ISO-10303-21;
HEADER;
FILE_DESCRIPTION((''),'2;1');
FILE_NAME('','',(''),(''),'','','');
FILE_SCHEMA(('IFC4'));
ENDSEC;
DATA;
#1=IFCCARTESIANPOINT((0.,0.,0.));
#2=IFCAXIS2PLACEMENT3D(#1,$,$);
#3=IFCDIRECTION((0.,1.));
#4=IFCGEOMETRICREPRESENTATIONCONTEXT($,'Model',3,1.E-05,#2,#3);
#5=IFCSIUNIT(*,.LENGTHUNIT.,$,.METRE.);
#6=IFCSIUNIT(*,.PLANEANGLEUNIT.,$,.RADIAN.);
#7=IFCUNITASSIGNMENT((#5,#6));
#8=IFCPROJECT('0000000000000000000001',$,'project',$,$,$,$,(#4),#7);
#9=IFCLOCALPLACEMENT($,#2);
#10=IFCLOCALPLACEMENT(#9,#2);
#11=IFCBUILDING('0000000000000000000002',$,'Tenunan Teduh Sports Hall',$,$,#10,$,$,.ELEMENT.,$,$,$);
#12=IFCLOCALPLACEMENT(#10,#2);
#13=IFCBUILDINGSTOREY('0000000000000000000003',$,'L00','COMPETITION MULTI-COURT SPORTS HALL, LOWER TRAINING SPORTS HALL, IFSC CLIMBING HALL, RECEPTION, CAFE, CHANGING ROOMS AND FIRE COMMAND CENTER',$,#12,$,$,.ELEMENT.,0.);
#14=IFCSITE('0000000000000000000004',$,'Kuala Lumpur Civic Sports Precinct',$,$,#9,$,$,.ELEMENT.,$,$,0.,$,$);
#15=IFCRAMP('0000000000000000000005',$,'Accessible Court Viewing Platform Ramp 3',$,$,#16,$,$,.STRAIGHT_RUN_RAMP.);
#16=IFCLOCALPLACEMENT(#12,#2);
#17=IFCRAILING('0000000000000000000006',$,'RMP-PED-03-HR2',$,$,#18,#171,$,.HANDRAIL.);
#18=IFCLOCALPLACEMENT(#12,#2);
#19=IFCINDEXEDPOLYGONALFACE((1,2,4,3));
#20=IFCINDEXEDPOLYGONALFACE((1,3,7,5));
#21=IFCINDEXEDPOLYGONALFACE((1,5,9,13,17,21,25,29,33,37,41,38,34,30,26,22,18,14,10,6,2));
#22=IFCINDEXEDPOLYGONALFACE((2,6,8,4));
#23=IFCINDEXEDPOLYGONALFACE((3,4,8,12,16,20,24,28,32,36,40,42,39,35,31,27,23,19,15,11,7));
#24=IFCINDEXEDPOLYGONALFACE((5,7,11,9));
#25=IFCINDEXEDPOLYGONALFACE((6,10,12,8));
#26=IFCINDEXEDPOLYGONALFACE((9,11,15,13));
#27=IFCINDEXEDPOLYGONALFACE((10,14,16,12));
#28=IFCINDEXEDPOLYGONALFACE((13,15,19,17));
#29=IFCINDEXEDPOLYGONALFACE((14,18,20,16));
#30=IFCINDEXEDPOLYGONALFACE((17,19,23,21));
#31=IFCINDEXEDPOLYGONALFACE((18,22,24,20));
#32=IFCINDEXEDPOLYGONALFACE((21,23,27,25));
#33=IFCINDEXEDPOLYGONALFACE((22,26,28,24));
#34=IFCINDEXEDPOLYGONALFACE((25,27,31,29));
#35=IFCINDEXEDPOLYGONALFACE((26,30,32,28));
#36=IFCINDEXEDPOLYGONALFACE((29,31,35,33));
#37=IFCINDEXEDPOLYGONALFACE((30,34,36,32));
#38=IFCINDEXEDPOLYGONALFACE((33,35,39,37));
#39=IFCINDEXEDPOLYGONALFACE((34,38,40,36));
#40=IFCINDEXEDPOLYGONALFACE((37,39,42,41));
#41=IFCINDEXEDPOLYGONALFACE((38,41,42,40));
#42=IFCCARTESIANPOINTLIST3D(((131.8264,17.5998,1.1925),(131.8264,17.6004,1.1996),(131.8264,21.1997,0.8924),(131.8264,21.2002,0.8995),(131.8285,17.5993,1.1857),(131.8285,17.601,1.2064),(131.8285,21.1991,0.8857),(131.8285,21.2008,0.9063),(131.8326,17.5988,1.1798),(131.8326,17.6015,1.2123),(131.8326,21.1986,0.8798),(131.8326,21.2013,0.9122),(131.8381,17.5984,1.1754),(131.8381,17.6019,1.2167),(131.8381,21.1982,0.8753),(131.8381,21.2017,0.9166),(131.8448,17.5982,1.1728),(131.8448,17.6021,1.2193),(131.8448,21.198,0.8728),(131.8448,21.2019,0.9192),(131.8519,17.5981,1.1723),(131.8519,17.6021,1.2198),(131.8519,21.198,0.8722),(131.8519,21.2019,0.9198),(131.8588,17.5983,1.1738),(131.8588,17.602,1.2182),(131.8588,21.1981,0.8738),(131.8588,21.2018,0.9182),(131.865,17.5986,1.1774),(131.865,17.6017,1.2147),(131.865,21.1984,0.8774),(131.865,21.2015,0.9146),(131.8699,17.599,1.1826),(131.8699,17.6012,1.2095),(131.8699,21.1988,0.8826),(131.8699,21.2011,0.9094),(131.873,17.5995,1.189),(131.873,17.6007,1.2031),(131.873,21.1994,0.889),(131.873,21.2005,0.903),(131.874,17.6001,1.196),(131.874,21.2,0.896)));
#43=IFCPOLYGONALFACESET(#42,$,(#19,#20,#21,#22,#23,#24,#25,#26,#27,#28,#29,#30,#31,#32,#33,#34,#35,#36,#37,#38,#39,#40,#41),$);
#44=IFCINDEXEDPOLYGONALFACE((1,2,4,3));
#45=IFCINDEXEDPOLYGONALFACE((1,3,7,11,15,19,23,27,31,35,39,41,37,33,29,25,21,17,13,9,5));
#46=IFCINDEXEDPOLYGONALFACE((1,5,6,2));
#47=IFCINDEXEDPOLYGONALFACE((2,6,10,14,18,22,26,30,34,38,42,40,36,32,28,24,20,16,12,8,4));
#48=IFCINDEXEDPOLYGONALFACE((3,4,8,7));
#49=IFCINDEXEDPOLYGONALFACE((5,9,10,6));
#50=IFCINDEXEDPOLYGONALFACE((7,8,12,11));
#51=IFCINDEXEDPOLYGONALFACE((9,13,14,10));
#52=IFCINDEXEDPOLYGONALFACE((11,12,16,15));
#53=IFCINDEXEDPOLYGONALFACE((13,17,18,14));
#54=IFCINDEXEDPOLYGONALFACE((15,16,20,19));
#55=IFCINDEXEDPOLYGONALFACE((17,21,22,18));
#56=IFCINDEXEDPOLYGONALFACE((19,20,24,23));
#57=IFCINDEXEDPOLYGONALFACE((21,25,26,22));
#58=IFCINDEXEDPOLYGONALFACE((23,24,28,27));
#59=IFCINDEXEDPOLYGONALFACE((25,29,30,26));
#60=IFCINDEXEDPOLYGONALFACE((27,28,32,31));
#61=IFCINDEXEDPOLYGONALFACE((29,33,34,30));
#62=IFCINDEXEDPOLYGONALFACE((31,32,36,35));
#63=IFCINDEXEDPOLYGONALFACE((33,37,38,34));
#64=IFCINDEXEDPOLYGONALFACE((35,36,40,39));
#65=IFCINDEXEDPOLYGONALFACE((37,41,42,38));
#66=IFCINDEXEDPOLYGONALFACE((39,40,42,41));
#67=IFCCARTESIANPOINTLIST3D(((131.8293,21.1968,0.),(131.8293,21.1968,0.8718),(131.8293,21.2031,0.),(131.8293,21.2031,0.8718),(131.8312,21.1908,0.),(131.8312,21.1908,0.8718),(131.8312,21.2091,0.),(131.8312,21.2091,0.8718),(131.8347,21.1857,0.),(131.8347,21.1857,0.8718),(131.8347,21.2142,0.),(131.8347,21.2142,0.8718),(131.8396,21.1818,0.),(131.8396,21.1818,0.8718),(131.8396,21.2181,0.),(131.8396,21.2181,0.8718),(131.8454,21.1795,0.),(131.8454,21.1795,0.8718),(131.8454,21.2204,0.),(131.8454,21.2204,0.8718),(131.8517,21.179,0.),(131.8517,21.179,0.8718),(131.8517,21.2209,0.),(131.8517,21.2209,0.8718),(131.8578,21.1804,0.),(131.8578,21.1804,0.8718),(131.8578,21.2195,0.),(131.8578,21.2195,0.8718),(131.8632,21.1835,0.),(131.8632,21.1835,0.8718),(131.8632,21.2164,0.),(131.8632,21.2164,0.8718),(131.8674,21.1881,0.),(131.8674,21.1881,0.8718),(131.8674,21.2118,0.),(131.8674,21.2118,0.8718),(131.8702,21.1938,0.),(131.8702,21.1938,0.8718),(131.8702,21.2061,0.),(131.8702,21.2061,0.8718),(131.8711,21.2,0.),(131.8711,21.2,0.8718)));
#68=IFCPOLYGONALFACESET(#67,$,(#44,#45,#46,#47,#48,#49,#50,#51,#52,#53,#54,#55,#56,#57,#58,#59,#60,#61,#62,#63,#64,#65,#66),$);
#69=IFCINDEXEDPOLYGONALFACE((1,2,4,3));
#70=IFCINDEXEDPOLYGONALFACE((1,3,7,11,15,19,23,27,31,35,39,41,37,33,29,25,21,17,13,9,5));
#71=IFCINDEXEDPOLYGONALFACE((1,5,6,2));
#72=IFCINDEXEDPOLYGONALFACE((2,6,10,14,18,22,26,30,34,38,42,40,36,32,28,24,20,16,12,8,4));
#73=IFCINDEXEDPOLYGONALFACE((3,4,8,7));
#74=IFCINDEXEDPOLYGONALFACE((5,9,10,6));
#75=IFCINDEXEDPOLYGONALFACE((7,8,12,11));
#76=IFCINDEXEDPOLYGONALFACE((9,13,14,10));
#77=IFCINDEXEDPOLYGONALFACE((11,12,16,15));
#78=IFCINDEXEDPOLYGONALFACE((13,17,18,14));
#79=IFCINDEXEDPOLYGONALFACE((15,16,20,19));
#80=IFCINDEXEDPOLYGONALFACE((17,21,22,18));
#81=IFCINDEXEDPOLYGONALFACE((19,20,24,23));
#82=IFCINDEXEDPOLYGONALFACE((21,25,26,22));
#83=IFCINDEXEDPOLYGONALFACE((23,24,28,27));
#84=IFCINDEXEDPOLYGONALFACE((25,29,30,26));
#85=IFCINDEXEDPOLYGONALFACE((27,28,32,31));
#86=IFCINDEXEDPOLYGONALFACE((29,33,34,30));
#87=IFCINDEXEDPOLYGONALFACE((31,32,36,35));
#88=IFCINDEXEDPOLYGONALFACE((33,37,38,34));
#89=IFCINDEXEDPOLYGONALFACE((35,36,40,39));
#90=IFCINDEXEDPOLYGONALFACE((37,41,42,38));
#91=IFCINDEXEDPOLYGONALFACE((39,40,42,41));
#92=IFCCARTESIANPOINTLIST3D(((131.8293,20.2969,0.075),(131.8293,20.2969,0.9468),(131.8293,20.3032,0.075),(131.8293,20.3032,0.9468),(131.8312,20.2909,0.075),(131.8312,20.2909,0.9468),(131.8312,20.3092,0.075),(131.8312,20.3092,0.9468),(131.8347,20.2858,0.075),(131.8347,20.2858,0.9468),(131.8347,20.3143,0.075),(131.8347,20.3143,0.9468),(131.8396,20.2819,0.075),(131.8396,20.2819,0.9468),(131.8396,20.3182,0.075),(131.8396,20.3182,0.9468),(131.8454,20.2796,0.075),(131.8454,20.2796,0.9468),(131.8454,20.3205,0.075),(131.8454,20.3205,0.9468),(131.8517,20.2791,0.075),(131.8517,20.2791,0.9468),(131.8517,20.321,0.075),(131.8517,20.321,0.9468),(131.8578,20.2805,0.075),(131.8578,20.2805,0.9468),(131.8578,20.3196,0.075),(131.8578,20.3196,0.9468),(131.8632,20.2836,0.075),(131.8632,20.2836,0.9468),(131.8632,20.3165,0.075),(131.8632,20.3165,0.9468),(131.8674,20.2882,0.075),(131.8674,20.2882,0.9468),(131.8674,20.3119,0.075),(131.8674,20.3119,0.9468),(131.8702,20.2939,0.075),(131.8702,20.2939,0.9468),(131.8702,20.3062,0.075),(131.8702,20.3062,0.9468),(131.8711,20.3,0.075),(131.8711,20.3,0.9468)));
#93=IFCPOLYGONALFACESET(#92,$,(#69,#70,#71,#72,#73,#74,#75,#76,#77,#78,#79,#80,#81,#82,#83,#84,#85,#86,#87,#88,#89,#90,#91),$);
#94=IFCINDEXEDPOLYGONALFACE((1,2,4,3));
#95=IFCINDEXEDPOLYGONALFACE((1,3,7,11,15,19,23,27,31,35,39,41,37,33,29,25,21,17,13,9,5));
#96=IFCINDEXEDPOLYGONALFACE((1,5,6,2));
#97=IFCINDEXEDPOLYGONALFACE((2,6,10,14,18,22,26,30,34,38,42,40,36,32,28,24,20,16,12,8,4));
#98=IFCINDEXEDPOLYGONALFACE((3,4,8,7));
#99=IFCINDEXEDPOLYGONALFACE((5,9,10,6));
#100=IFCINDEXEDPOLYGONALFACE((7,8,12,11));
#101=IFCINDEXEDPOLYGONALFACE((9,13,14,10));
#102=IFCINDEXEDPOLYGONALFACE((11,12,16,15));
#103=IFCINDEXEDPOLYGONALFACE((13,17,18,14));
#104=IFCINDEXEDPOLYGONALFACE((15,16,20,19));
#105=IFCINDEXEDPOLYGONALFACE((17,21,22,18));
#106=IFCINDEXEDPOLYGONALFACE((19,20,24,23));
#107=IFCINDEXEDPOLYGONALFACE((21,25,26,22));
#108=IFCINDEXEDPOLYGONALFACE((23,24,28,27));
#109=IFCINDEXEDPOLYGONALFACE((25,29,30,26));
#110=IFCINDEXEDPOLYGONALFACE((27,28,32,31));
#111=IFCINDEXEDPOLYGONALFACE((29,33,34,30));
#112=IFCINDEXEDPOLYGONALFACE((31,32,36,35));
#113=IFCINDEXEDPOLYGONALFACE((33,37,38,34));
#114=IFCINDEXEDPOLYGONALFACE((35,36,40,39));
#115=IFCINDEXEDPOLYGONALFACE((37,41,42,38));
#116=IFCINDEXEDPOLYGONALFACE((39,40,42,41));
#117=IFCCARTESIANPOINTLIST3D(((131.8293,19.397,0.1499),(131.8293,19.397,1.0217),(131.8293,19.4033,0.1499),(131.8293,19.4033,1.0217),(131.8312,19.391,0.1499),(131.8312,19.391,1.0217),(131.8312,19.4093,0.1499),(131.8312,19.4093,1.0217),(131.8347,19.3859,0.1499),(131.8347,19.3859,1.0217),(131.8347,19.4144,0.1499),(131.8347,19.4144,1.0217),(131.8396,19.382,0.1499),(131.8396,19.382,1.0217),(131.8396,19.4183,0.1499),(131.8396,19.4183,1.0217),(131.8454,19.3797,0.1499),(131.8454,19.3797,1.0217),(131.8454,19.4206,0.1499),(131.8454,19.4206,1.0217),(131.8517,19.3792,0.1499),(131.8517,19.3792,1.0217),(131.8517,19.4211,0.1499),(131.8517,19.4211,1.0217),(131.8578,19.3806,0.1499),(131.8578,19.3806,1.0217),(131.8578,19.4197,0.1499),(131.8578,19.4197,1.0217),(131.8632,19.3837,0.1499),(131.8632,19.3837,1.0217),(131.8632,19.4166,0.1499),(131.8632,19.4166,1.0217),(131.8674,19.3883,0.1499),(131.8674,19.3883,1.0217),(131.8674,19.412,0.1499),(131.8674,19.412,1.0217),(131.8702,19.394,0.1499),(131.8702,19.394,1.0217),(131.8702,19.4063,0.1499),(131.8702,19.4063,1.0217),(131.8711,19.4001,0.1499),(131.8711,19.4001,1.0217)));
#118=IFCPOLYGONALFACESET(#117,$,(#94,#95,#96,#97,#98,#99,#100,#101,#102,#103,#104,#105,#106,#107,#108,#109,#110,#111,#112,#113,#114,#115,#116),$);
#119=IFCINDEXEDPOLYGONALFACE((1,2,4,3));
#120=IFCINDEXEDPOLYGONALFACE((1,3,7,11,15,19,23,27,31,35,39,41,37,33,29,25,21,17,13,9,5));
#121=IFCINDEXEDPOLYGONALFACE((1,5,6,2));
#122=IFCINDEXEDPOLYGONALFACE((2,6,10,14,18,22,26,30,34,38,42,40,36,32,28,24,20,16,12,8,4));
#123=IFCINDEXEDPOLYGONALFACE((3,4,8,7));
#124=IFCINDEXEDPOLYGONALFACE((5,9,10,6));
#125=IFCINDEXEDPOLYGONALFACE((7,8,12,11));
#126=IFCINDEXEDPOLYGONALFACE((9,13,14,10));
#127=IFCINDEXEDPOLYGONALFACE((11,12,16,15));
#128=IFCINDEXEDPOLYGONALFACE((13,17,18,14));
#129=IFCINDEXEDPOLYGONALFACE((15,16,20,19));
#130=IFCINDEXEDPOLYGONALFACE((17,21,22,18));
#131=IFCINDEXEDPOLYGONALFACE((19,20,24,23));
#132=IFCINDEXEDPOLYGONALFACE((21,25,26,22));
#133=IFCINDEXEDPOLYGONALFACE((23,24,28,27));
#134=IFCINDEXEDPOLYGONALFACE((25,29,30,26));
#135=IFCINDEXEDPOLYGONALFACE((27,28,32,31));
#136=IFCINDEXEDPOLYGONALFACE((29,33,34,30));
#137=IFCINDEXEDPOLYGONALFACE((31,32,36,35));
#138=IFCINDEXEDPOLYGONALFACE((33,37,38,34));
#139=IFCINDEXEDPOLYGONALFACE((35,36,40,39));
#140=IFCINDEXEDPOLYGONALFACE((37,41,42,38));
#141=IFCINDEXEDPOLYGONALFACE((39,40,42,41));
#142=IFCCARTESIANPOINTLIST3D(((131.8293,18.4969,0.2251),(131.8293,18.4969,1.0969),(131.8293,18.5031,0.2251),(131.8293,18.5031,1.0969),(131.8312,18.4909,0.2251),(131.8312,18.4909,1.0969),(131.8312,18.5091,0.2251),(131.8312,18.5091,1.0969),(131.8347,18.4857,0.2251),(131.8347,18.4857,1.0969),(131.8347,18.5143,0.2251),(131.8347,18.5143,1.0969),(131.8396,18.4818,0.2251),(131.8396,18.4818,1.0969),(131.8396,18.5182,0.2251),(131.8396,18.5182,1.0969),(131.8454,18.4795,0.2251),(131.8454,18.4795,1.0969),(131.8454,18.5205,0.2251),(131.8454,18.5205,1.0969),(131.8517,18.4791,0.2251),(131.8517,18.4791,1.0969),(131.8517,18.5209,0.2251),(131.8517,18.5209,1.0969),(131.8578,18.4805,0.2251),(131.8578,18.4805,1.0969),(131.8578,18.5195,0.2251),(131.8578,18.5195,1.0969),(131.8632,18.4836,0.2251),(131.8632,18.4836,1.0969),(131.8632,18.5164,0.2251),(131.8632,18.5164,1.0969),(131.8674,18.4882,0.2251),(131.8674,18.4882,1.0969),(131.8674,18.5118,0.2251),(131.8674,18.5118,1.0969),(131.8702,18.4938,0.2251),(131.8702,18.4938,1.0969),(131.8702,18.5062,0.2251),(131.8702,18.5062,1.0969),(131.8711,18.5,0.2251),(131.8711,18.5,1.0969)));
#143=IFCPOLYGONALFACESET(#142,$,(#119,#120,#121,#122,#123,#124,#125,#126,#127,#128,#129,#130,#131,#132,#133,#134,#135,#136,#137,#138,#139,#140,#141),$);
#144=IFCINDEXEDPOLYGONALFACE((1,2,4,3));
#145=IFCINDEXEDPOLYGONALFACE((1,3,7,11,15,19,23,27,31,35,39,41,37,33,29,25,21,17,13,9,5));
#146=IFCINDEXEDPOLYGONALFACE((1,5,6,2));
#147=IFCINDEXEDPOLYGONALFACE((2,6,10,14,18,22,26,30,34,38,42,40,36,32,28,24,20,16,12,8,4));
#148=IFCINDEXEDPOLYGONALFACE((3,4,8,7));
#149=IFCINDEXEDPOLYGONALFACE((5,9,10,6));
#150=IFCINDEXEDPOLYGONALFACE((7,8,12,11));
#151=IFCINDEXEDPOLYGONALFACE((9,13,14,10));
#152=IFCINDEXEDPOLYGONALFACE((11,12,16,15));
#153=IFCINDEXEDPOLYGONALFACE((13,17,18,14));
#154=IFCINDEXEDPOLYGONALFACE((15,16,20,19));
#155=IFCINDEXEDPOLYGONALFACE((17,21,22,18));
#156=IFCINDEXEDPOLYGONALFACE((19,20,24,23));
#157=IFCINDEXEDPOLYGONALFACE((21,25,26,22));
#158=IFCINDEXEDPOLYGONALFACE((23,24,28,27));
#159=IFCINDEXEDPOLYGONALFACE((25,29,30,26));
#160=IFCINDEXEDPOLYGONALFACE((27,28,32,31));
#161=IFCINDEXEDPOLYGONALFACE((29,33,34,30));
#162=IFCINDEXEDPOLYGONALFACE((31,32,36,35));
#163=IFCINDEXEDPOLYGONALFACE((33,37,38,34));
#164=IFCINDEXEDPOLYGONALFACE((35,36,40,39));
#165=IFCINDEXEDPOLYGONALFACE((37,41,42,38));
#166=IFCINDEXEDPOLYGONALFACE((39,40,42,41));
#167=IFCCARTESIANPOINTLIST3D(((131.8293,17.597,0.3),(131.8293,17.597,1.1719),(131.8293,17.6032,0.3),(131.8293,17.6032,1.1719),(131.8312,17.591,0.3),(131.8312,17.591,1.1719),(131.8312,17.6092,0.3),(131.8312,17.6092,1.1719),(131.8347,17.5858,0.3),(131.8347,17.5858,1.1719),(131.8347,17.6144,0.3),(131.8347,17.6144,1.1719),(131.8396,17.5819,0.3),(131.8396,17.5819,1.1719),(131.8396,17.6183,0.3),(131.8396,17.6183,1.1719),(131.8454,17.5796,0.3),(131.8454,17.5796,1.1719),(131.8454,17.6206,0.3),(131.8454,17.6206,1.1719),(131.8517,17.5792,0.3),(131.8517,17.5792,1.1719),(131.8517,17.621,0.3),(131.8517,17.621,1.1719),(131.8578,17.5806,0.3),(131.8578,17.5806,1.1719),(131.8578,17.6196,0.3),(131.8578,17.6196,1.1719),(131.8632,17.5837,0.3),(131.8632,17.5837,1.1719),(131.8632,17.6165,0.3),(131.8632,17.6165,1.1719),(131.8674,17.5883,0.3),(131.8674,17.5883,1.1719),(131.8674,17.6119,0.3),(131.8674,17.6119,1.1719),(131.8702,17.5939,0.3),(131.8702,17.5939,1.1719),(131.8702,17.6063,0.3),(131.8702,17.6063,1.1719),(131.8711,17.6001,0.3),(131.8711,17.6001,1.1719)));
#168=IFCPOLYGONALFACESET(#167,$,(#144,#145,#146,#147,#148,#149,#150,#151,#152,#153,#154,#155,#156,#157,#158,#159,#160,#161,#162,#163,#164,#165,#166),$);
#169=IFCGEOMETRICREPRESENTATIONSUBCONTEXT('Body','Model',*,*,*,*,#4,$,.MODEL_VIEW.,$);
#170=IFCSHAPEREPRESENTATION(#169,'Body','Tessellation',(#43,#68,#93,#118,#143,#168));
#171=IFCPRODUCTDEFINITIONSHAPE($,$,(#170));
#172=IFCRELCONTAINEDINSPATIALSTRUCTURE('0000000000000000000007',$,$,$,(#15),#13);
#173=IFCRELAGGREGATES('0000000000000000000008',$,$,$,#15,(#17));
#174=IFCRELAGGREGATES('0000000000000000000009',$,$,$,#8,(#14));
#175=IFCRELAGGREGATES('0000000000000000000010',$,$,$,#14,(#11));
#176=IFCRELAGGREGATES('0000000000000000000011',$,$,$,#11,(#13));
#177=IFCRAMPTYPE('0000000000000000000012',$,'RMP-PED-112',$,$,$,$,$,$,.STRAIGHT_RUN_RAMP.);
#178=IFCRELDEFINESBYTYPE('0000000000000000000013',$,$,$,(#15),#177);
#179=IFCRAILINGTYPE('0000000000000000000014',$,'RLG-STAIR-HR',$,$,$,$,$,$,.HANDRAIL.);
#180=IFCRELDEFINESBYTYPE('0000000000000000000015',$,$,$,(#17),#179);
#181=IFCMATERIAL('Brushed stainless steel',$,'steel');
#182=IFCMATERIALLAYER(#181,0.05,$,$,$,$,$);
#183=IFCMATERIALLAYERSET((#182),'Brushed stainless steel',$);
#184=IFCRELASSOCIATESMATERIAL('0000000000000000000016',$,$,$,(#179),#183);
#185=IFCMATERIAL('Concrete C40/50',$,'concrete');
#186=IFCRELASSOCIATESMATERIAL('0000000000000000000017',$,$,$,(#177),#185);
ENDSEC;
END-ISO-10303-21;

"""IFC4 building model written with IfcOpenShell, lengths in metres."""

from ifc_helpers import new_model, si_unit, direction, frame, origin, origin_2d, place, context, subcontext, project, spatial, circle, extrude, material, layer, layer_set, type_object, element, aggregate, save


model = new_model("IFC4")

# Units and contexts
model_context = context("Model", 3, precision=1e-05, world=origin(), true_north=direction((0.0, 1.0)))
body_context = subcontext(model_context, "Body", "Model", "MODEL_VIEW")
ifc_project = project(units=[si_unit("LENGTHUNIT", "METRE"), si_unit("PLANEANGLEUNIT", "RADIAN")], contexts=[model_context])

# Site, building, storey
site_placement = place(None, origin())
site = spatial("IfcSite", under=ifc_project, at=site_placement, Name="Kuala Lumpur Civic Sports Precinct", CompositionType="ELEMENT", RefElevation=0.0)
building_placement = place(site_placement, origin())
building = spatial("IfcBuilding", under=site, at=building_placement, Name="Tenunan Teduh Sports Hall", CompositionType="ELEMENT")
storey_placement = place(building_placement, origin())
storey = spatial("IfcBuildingStorey", under=building, at=storey_placement, Name="L00", Description="COMPETITION MULTI-COURT SPORTS HALL, LOWER TRAINING SPORTS HALL, IFSC CLIMBING HALL, RECEPTION, CAFE, CHANGING ROOMS AND FIRE COMMAND CENTER", CompositionType="ELEMENT", Elevation=0.0)

# Shared definitions
ifc_material_1 = material(Name="Brushed stainless steel", Category="steel")
ifc_layer_1 = layer(ifc_material_1, 0.05)
ifc_layer_set_1 = layer_set([ifc_layer_1], Name="Brushed stainless steel")
railing_type = type_object("IfcRailingType", Name="RLG-STAIR-HR", PredefinedType="HANDRAIL", material=ifc_layer_set_1)

# Ramp, railing
ifc_material_2 = material(Name="Concrete C40/50", Category="concrete")
ramp_type = type_object("IfcRampType", Name="RMP-PED-112", PredefinedType="STRAIGHT_RUN_RAMP", material=ifc_material_2)
ramp_placement = place(storey_placement, origin())
ramp = element("IfcRamp", 1, at=ramp_placement, inside=storey, type_object=ramp_type, Name="Accessible Court Viewing Platform Ramp 3", PredefinedType="STRAIGHT_RUN_RAMP")
railing_1_placement = place(storey_placement, frame((131.8501, 21.2, 0.0)))
railing_1 = element("IfcRailing", 2, at=railing_1_placement, type_object=railing_type, Name="RMP-PED-03-HR2", PredefinedType="HANDRAIL", context=body_context, shape_type="SweptSolid", body=[
    extrude(circle(Radius=0.0239, at=origin_2d()), frame((0.0, 0.0, 0.896), z_axis=(0.0, -0.996544, 0.083062), x_axis=(1.0, 0.0, 0.0)), (0.0, 0.0, 1.0), 3.6123),
    extrude(circle(Radius=0.021, at=origin_2d()), origin(), (0.0, 0.0, 1.0), 0.8718),
    extrude(circle(Radius=0.021, at=origin_2d()), frame((0.0, -0.8999, 0.075)), (0.0, 0.0, 1.0), 0.8718),
    extrude(circle(Radius=0.021, at=origin_2d()), frame((0.0, -1.7998, 0.1499)), (0.0, 0.0, 1.0), 0.8718),
    extrude(circle(Radius=0.021, at=origin_2d()), frame((0.0, -2.7, 0.2251)), (0.0, 0.0, 1.0), 0.8718),
    extrude(circle(Radius=0.021, at=origin_2d()), frame((0.0, -3.5999, 0.3)), (0.0, 0.0, 1.0), 0.8718),
])
aggregate(ramp, [railing_1])

save(model, "model.ifc")
